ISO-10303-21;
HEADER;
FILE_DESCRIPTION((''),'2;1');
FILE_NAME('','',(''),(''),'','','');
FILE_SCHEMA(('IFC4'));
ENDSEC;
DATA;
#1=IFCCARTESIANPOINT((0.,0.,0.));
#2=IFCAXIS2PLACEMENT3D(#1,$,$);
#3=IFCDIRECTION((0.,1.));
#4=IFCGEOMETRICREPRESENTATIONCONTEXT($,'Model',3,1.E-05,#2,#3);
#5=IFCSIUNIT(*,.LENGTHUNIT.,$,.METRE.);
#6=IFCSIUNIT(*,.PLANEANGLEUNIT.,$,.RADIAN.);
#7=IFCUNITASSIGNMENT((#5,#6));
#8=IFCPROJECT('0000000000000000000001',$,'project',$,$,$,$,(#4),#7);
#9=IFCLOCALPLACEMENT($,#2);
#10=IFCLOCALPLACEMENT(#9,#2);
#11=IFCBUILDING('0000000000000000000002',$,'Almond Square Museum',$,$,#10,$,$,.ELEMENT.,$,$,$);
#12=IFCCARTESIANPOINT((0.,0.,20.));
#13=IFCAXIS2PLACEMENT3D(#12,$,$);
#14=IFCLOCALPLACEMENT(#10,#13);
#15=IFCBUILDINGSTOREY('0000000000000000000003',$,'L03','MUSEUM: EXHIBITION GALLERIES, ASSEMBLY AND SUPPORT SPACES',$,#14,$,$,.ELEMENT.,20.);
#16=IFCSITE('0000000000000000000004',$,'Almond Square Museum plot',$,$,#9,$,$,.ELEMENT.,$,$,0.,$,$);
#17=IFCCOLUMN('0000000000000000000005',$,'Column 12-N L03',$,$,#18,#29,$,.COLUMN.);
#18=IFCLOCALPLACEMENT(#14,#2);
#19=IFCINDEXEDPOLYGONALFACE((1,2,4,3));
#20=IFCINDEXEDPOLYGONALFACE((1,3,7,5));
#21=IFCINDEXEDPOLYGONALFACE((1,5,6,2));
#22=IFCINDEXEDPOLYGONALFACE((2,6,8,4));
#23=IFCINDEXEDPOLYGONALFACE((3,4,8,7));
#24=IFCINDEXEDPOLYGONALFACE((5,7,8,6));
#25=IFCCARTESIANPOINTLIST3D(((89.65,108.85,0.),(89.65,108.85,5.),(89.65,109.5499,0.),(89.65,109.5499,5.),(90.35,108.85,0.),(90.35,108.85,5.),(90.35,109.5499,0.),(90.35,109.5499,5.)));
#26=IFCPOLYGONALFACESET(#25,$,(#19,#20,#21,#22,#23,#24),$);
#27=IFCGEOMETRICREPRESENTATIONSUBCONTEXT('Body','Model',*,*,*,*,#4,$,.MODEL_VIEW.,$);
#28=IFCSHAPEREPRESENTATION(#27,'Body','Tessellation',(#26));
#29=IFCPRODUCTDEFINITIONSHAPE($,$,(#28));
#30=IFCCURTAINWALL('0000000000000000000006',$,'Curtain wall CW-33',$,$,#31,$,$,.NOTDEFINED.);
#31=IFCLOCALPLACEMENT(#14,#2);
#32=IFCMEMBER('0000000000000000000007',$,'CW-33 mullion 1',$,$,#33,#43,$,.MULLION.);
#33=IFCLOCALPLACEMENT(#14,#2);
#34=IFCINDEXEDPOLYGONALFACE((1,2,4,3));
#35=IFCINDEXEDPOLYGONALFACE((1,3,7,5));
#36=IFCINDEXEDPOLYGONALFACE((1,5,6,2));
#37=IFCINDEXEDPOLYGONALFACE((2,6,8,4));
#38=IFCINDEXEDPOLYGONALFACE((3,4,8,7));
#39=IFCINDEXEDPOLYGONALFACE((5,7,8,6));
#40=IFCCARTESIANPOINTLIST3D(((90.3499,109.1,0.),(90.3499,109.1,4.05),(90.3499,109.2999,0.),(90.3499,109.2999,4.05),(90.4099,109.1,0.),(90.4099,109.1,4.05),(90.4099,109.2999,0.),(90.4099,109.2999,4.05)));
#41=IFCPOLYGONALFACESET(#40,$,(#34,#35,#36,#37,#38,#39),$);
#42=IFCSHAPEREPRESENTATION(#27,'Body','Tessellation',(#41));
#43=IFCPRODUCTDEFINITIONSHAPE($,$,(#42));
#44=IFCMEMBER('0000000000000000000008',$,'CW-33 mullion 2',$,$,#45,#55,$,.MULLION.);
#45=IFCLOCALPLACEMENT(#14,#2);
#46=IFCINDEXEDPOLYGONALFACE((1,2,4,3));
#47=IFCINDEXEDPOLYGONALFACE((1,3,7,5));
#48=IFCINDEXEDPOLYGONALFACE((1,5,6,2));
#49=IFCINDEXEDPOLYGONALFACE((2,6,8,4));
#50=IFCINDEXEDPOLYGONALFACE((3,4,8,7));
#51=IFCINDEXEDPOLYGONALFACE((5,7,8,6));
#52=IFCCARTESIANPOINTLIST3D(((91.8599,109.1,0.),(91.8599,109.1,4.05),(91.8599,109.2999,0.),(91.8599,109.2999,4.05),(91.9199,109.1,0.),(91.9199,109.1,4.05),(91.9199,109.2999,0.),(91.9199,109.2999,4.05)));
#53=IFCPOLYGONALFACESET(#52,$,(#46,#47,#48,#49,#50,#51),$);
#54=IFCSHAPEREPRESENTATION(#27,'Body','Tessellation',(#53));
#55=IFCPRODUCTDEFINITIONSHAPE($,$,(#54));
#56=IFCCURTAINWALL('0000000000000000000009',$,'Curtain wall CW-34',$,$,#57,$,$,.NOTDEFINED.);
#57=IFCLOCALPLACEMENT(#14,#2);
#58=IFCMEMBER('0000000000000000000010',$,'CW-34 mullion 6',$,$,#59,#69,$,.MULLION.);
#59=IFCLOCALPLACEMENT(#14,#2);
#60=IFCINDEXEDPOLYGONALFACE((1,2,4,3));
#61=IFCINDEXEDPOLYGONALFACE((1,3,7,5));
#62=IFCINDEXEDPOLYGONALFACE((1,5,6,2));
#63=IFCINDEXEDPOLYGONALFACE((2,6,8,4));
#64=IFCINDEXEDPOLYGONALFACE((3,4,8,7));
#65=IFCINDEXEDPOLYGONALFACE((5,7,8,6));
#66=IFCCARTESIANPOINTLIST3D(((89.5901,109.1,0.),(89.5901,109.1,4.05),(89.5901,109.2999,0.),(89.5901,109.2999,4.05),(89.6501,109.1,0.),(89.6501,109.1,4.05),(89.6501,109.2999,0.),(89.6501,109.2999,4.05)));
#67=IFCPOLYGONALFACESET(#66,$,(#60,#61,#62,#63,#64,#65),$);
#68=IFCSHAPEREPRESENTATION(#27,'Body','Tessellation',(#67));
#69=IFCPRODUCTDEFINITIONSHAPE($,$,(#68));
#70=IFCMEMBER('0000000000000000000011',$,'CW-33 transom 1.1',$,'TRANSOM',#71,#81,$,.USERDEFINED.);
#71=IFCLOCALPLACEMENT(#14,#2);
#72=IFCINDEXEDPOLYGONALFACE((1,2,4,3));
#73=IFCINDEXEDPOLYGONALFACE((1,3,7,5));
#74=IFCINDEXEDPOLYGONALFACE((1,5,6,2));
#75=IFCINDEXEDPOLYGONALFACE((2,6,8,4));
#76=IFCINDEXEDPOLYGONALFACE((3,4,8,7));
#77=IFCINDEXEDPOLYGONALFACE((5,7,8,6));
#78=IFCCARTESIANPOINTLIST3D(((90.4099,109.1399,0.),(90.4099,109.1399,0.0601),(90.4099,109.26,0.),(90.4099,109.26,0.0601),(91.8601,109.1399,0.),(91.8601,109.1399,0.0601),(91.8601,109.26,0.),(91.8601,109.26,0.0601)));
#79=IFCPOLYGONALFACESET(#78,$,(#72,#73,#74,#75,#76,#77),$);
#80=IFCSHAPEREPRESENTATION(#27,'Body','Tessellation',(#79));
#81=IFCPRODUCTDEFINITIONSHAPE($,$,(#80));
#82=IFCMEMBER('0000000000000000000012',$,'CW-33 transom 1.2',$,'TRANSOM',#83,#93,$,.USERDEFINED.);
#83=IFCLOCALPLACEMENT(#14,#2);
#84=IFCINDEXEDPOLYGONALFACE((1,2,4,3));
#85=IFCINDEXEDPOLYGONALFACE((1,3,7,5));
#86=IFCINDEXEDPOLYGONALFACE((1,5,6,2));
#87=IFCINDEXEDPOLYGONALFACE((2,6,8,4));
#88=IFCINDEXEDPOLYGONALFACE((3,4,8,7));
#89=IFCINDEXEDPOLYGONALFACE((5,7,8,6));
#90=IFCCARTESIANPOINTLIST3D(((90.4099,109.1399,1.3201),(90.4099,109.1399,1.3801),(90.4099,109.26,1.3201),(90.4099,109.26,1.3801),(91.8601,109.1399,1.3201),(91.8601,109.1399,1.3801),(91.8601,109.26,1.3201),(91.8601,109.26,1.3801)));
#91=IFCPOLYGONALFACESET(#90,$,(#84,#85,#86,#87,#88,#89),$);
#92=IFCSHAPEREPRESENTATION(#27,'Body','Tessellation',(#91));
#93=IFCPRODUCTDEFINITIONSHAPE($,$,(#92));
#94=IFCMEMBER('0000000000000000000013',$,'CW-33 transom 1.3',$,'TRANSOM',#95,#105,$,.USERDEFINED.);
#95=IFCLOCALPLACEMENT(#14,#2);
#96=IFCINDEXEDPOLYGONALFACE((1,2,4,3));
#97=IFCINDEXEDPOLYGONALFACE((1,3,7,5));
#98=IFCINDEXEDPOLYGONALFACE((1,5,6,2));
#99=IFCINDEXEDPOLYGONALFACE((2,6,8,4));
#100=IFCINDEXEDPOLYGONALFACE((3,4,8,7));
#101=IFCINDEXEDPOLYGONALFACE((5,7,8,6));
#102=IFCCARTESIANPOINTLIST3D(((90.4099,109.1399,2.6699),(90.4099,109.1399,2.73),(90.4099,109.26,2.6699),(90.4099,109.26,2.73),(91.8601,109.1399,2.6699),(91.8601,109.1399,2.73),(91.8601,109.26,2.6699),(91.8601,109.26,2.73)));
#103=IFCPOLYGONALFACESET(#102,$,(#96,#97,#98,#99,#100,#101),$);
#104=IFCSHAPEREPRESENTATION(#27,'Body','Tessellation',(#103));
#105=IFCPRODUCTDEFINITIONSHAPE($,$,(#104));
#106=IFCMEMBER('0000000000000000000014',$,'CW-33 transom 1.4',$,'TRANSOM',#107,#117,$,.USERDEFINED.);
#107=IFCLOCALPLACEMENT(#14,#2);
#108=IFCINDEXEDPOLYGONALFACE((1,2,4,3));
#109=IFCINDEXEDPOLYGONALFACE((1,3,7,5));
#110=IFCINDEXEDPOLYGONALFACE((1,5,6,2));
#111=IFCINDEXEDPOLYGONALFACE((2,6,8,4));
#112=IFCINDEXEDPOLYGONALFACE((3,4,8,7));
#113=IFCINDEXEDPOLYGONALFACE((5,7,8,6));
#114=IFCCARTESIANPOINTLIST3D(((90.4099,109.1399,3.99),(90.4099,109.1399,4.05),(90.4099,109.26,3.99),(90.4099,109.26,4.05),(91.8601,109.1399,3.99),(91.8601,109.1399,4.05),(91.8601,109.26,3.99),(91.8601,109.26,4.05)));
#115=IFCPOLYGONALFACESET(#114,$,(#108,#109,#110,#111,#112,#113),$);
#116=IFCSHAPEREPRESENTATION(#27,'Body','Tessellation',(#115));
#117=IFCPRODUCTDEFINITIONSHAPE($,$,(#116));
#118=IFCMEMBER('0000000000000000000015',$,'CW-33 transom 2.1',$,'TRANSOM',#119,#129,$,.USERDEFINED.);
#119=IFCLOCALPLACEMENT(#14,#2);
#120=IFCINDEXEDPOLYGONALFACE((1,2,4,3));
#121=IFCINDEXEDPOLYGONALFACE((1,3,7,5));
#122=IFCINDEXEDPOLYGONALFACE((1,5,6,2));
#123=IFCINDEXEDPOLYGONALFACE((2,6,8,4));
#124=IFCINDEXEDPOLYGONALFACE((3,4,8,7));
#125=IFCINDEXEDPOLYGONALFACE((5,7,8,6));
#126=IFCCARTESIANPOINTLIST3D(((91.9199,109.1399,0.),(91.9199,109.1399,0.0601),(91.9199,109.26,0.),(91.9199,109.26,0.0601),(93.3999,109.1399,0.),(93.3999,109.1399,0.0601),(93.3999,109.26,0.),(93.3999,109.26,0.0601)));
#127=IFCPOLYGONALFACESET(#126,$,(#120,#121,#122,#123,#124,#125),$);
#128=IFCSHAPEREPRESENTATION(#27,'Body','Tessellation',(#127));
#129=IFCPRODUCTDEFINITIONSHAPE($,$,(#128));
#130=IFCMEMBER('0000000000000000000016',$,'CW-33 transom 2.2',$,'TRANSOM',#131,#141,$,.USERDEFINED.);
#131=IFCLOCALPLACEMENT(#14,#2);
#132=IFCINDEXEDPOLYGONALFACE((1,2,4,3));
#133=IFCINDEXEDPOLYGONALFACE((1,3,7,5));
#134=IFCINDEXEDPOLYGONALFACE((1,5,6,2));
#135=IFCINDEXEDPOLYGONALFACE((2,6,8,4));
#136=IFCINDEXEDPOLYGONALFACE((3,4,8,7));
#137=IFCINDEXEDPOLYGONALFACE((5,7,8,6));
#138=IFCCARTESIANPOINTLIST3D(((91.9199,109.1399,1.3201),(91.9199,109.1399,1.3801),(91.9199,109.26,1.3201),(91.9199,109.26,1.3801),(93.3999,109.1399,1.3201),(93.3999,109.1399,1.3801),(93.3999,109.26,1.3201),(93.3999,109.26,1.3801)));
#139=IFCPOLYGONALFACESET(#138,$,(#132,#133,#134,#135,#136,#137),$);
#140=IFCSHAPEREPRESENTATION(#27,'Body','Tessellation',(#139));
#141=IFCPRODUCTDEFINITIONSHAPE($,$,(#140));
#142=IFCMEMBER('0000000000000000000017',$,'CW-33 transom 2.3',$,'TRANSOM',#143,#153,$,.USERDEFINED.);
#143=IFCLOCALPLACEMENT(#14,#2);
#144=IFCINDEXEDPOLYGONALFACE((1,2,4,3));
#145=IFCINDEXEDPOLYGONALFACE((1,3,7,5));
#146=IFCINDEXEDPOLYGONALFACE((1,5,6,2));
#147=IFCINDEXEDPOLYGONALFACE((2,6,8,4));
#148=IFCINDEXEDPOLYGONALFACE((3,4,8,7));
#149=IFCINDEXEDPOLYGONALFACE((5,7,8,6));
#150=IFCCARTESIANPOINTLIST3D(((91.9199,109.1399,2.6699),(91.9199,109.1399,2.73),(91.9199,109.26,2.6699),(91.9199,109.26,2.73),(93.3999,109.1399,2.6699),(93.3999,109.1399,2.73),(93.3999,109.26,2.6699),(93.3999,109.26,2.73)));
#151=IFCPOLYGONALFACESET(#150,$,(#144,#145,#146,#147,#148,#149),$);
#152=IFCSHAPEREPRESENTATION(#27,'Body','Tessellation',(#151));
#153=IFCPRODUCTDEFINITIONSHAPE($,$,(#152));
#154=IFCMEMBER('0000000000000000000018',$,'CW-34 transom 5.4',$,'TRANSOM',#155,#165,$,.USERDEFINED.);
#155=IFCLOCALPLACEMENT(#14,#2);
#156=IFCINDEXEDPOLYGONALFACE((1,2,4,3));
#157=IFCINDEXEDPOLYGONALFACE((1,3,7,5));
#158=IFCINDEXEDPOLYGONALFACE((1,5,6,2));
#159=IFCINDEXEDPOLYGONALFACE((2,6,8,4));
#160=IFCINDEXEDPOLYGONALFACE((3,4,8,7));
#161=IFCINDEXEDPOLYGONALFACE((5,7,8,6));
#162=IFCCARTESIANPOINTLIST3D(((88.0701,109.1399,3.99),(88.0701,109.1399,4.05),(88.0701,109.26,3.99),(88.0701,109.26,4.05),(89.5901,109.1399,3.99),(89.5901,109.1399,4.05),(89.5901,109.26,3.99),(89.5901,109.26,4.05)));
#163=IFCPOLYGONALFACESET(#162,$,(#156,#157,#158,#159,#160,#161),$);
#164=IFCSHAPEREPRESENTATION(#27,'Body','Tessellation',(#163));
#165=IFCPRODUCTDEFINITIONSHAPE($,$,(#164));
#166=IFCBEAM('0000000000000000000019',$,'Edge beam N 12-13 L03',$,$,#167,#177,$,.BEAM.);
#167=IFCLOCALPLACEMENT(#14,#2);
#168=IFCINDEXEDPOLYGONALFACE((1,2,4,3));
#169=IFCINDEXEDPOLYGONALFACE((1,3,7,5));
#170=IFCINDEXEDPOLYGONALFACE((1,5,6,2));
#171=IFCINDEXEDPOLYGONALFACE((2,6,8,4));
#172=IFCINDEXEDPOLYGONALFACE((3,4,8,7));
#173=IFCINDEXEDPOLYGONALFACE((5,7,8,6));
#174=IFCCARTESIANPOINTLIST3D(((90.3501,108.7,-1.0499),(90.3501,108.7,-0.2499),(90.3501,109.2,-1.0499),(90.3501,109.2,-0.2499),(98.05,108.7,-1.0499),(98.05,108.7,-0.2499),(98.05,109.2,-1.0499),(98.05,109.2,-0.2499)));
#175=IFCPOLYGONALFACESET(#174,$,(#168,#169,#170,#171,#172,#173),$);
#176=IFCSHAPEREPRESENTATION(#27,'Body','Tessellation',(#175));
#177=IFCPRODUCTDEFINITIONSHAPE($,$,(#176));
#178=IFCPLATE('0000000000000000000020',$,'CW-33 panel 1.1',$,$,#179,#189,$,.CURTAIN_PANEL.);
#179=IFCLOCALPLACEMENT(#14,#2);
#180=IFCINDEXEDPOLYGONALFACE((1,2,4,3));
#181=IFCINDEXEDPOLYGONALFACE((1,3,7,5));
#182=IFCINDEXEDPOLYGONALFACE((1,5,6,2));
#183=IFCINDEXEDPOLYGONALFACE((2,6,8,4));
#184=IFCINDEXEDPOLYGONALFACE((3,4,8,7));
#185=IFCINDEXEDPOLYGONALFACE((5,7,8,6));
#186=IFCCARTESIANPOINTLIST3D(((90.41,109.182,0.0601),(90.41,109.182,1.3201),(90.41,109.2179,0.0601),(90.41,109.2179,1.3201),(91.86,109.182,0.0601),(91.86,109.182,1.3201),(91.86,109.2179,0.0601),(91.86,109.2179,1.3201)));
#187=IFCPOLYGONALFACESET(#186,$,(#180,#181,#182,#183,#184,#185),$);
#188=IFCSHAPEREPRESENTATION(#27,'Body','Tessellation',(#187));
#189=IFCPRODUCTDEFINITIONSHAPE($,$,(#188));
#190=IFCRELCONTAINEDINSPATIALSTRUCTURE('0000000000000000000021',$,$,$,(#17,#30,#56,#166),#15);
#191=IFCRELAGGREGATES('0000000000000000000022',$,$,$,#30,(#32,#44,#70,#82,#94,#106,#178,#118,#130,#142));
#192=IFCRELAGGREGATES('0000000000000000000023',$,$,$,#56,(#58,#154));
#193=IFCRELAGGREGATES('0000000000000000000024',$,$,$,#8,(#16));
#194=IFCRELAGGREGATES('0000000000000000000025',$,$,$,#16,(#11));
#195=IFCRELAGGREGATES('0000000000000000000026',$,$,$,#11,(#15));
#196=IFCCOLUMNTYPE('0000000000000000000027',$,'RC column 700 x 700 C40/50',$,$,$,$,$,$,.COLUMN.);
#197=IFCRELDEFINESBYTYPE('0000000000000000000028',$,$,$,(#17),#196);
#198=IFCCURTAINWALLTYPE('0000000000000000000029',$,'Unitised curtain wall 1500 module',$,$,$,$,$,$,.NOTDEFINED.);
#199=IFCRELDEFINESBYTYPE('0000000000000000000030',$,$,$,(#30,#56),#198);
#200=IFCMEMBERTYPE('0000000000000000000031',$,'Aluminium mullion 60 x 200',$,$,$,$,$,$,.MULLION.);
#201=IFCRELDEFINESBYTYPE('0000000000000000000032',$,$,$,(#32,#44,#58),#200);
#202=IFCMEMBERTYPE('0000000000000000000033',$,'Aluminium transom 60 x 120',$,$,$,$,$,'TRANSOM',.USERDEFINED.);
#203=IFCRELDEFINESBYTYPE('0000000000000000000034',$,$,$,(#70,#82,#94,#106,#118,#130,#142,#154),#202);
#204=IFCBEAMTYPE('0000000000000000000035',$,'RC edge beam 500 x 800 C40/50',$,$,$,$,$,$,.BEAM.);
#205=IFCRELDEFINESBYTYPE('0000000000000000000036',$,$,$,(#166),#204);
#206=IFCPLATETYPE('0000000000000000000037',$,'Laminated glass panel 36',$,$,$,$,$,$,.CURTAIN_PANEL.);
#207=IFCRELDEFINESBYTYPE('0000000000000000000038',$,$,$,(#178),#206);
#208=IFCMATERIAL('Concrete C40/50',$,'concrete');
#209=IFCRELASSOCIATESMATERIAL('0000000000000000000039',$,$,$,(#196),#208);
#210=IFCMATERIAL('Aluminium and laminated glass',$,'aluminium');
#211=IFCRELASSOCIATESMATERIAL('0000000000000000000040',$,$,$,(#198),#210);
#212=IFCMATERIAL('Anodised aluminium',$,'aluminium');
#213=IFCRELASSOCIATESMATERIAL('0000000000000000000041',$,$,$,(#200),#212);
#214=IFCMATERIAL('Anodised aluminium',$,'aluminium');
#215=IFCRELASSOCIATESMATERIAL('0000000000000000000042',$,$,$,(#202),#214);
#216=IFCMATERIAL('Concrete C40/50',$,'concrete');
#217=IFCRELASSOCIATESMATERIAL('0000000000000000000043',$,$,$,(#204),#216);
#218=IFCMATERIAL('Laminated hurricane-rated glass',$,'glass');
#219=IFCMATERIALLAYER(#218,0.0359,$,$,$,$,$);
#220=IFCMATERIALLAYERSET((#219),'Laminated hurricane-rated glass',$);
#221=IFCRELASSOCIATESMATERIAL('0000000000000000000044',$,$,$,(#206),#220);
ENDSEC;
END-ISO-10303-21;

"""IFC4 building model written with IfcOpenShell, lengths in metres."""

from ifc_helpers import new_model, si_unit, direction, frame, origin, origin_2d, place, context, subcontext, project, spatial, rectangle, extrude, material, layer, layer_set, material_profile, profile_set, type_object, element, aggregate, save


model = new_model("IFC4")

# Units and contexts
model_context = context("Model", 3, precision=1e-05, world=origin(), true_north=direction((0.0, 1.0)))
body_context = subcontext(model_context, "Body", "Model", "MODEL_VIEW")
ifc_project = project(units=[si_unit("LENGTHUNIT", "METRE"), si_unit("PLANEANGLEUNIT", "RADIAN")], contexts=[model_context])

# Site, building, storey
site_placement = place(None, origin())
site = spatial("IfcSite", under=ifc_project, at=site_placement, Name="Almond Square Museum plot", CompositionType="ELEMENT", RefElevation=0.0)
building_placement = place(site_placement, origin())
building = spatial("IfcBuilding", under=site, at=building_placement, Name="Almond Square Museum", CompositionType="ELEMENT")
storey_placement = place(building_placement, frame((0.0, 0.0, 20.0)))
storey = spatial("IfcBuildingStorey", under=building, at=storey_placement, Name="L03", Description="MUSEUM: EXHIBITION GALLERIES, ASSEMBLY AND SUPPORT SPACES", CompositionType="ELEMENT", Elevation=20.0)

# Column
ifc_material_1 = material(Name="Concrete C40/50", Category="concrete")
ifc_material_profile_1 = material_profile(ifc_material_1, rectangle(XDim=0.7, YDim=0.7, at=origin_2d()))
ifc_profile_set_1 = profile_set([ifc_material_profile_1], Name="Concrete C40/50")
column_type = type_object("IfcColumnType", Name="RC column 700 x 700 C40/50", PredefinedType="COLUMN", material=ifc_profile_set_1)
column_placement = place(storey_placement, frame((90.0, 109.2, 0.0), z_axis=(0.0, 0.0, 1.0), x_axis=(1.0, 0.0, 0.0)))
element("IfcColumn", 1, at=column_placement, inside=storey, type_object=column_type, Name="Column 12-N L03", PredefinedType="COLUMN", context=body_context, shape_type="SweptSolid", body=[
    extrude(rectangle(XDim=0.7, YDim=0.7, at=origin_2d()), origin(), (0.0, 0.0, 1.0), 5.0),
])

# Curtain wall, members
ifc_material_2 = material(Name="Aluminium and laminated glass", Category="aluminium")
curtain_wall_type = type_object("IfcCurtainWallType", Name="Unitised curtain wall 1500 module", PredefinedType="NOTDEFINED", material=ifc_material_2)
curtain_wall_1_placement = place(storey_placement, origin())
curtain_wall_1 = element("IfcCurtainWall", 2, at=curtain_wall_1_placement, inside=storey, type_object=curtain_wall_type, Name="Curtain wall CW-33", PredefinedType="NOTDEFINED")
ifc_material_3 = material(Name="Anodised aluminium", Category="aluminium")
ifc_material_profile_2 = material_profile(ifc_material_3, rectangle(XDim=0.2, YDim=0.0601, at=origin_2d()))
ifc_profile_set_2 = profile_set([ifc_material_profile_2], Name="Anodised aluminium")
member_type_1 = type_object("IfcMemberType", Name="Aluminium mullion 60 x 200", PredefinedType="MULLION", material=ifc_profile_set_2)
member_1_placement = place(storey_placement, frame((90.3799, 109.2, 0.0), z_axis=(0.0, 0.0, 1.0), x_axis=(0.0, 1.0, 0.0)))
member_1 = element("IfcMember", 3, at=member_1_placement, type_object=member_type_1, Name="CW-33 mullion 1", PredefinedType="MULLION", context=body_context, shape_type="SweptSolid", body=[
    extrude(rectangle(XDim=0.2, YDim=0.0601, at=origin_2d()), origin(), (0.0, 0.0, 1.0), 4.05),
])
member_2_placement = place(storey_placement, frame((91.8899, 109.2, 0.0), z_axis=(0.0, 0.0, 1.0), x_axis=(0.0, 1.0, 0.0)))
member_2 = element("IfcMember", 4, at=member_2_placement, type_object=member_type_1, Name="CW-33 mullion 2", PredefinedType="MULLION", context=body_context, shape_type="SweptSolid", body=[
    extrude(rectangle(XDim=0.2, YDim=0.0601, at=origin_2d()), origin(), (0.0, 0.0, 1.0), 4.05),
])

# Curtain wall, member
curtain_wall_2_placement = place(storey_placement, origin())
curtain_wall_2 = element("IfcCurtainWall", 5, at=curtain_wall_2_placement, inside=storey, type_object=curtain_wall_type, Name="Curtain wall CW-34", PredefinedType="NOTDEFINED")
member_3_placement = place(storey_placement, frame((89.6201, 109.2, 0.0), z_axis=(0.0, 0.0, 1.0), x_axis=(0.0, 1.0, 0.0)))
member_3 = element("IfcMember", 6, at=member_3_placement, type_object=member_type_1, Name="CW-34 mullion 6", PredefinedType="MULLION", context=body_context, shape_type="SweptSolid", body=[
    extrude(rectangle(XDim=0.2, YDim=0.0601, at=origin_2d()), origin(), (0.0, 0.0, 1.0), 4.05),
])

# Members
ifc_material_4 = material(Name="Anodised aluminium", Category="aluminium")
ifc_material_profile_3 = material_profile(ifc_material_4, rectangle(XDim=0.1201, YDim=0.0601, at=origin_2d()))
ifc_profile_set_3 = profile_set([ifc_material_profile_3], Name="Anodised aluminium")
member_type_2 = type_object("IfcMemberType", Name="Aluminium transom 60 x 120", ElementType="TRANSOM", PredefinedType="USERDEFINED", material=ifc_profile_set_3)
member_4_placement = place(storey_placement, frame((90.4099, 109.2, 0.03), z_axis=(1.0, 0.0, 0.0), x_axis=(0.0, 1.0, 0.0)))
member_4 = element("IfcMember", 7, at=member_4_placement, type_object=member_type_2, Name="CW-33 transom 1.1", ObjectType="TRANSOM", PredefinedType="USERDEFINED", context=body_context, shape_type="SweptSolid", body=[
    extrude(rectangle(XDim=0.1201, YDim=0.0601, at=origin_2d()), origin(), (0.0, 0.0, 1.0), 1.4502),
])
member_5_placement = place(storey_placement, frame((90.4099, 109.2, 1.3501), z_axis=(1.0, 0.0, 0.0), x_axis=(0.0, 1.0, 0.0)))
member_5 = element("IfcMember", 8, at=member_5_placement, type_object=member_type_2, Name="CW-33 transom 1.2", ObjectType="TRANSOM", PredefinedType="USERDEFINED", context=body_context, shape_type="SweptSolid", body=[
    extrude(rectangle(XDim=0.1201, YDim=0.0601, at=origin_2d()), origin(), (0.0, 0.0, 1.0), 1.4502),
])
member_6_placement = place(storey_placement, frame((90.4099, 109.2, 2.7), z_axis=(1.0, 0.0, 0.0), x_axis=(0.0, 1.0, 0.0)))
member_6 = element("IfcMember", 9, at=member_6_placement, type_object=member_type_2, Name="CW-33 transom 1.3", ObjectType="TRANSOM", PredefinedType="USERDEFINED", context=body_context, shape_type="SweptSolid", body=[
    extrude(rectangle(XDim=0.1201, YDim=0.0601, at=origin_2d()), origin(), (0.0, 0.0, 1.0), 1.4502),
])
member_7_placement = place(storey_placement, frame((90.4099, 109.2, 4.02), z_axis=(1.0, 0.0, 0.0), x_axis=(0.0, 1.0, 0.0)))
member_7 = element("IfcMember", 10, at=member_7_placement, type_object=member_type_2, Name="CW-33 transom 1.4", ObjectType="TRANSOM", PredefinedType="USERDEFINED", context=body_context, shape_type="SweptSolid", body=[
    extrude(rectangle(XDim=0.1201, YDim=0.0601, at=origin_2d()), origin(), (0.0, 0.0, 1.0), 1.4502),
])
member_8_placement = place(storey_placement, frame((91.9199, 109.2, 0.03), z_axis=(1.0, 0.0, 0.0), x_axis=(0.0, 1.0, 0.0)))
member_8 = element("IfcMember", 11, at=member_8_placement, type_object=member_type_2, Name="CW-33 transom 2.1", ObjectType="TRANSOM", PredefinedType="USERDEFINED", context=body_context, shape_type="SweptSolid", body=[
    extrude(rectangle(XDim=0.1201, YDim=0.0601, at=origin_2d()), origin(), (0.0, 0.0, 1.0), 1.48),
])
member_9_placement = place(storey_placement, frame((91.9199, 109.2, 1.3501), z_axis=(1.0, 0.0, 0.0), x_axis=(0.0, 1.0, 0.0)))
member_9 = element("IfcMember", 12, at=member_9_placement, type_object=member_type_2, Name="CW-33 transom 2.2", ObjectType="TRANSOM", PredefinedType="USERDEFINED", context=body_context, shape_type="SweptSolid", body=[
    extrude(rectangle(XDim=0.1201, YDim=0.0601, at=origin_2d()), origin(), (0.0, 0.0, 1.0), 1.48),
])
member_10_placement = place(storey_placement, frame((91.9199, 109.2, 2.7), z_axis=(1.0, 0.0, 0.0), x_axis=(0.0, 1.0, 0.0)))
member_10 = element("IfcMember", 13, at=member_10_placement, type_object=member_type_2, Name="CW-33 transom 2.3", ObjectType="TRANSOM", PredefinedType="USERDEFINED", context=body_context, shape_type="SweptSolid", body=[
    extrude(rectangle(XDim=0.1201, YDim=0.0601, at=origin_2d()), origin(), (0.0, 0.0, 1.0), 1.48),
])
member_11_placement = place(storey_placement, frame((88.0701, 109.2, 4.02), z_axis=(1.0, 0.0, 0.0), x_axis=(0.0, 1.0, 0.0)))
member_11 = element("IfcMember", 14, at=member_11_placement, type_object=member_type_2, Name="CW-34 transom 5.4", ObjectType="TRANSOM", PredefinedType="USERDEFINED", context=body_context, shape_type="SweptSolid", body=[
    extrude(rectangle(XDim=0.1201, YDim=0.0601, at=origin_2d()), origin(), (0.0, 0.0, 1.0), 1.52),
])

# Beam
ifc_material_5 = material(Name="Concrete C40/50", Category="concrete")
ifc_material_profile_4 = material_profile(ifc_material_5, rectangle(XDim=0.5, YDim=0.8, at=origin_2d()))
ifc_profile_set_4 = profile_set([ifc_material_profile_4], Name="Concrete C40/50")
beam_type = type_object("IfcBeamType", Name="RC edge beam 500 x 800 C40/50", PredefinedType="BEAM", material=ifc_profile_set_4)
beam_placement = place(storey_placement, frame((90.3501, 108.95, -0.6499), z_axis=(1.0, 0.0, 0.0), x_axis=(0.0, 1.0, 0.0)))
element("IfcBeam", 15, at=beam_placement, inside=storey, type_object=beam_type, Name="Edge beam N 12-13 L03", PredefinedType="BEAM", context=body_context, shape_type="SweptSolid", body=[
    extrude(rectangle(XDim=0.5, YDim=0.8, at=origin_2d()), origin(), (0.0, 0.0, 1.0), 7.7),
])

# Plate
ifc_material_6 = material(Name="Laminated hurricane-rated glass", Category="glass")
ifc_layer = layer(ifc_material_6, 0.0359)
ifc_layer_set = layer_set([ifc_layer], Name="Laminated hurricane-rated glass")
plate_type = type_object("IfcPlateType", Name="Laminated glass panel 36", PredefinedType="CURTAIN_PANEL", material=ifc_layer_set)
plate_1_placement = place(storey_placement, frame((91.135, 109.2, 0.0601), z_axis=(0.0, 0.0, 1.0), x_axis=(1.0, 0.0, 0.0)))
plate_1 = element("IfcPlate", 16, at=plate_1_placement, type_object=plate_type, Name="CW-33 panel 1.1", PredefinedType="CURTAIN_PANEL", context=body_context, shape_type="SweptSolid", body=[
    extrude(rectangle(XDim=1.45, YDim=0.0359, at=origin_2d()), origin(), (0.0, 0.0, 1.0), 1.26),
])
aggregate(curtain_wall_1, [member_1, member_2, member_4, member_5, member_6, member_7, plate_1, member_8, member_9, member_10])
aggregate(curtain_wall_2, [member_3, member_11])

save(model, "model.ifc")
